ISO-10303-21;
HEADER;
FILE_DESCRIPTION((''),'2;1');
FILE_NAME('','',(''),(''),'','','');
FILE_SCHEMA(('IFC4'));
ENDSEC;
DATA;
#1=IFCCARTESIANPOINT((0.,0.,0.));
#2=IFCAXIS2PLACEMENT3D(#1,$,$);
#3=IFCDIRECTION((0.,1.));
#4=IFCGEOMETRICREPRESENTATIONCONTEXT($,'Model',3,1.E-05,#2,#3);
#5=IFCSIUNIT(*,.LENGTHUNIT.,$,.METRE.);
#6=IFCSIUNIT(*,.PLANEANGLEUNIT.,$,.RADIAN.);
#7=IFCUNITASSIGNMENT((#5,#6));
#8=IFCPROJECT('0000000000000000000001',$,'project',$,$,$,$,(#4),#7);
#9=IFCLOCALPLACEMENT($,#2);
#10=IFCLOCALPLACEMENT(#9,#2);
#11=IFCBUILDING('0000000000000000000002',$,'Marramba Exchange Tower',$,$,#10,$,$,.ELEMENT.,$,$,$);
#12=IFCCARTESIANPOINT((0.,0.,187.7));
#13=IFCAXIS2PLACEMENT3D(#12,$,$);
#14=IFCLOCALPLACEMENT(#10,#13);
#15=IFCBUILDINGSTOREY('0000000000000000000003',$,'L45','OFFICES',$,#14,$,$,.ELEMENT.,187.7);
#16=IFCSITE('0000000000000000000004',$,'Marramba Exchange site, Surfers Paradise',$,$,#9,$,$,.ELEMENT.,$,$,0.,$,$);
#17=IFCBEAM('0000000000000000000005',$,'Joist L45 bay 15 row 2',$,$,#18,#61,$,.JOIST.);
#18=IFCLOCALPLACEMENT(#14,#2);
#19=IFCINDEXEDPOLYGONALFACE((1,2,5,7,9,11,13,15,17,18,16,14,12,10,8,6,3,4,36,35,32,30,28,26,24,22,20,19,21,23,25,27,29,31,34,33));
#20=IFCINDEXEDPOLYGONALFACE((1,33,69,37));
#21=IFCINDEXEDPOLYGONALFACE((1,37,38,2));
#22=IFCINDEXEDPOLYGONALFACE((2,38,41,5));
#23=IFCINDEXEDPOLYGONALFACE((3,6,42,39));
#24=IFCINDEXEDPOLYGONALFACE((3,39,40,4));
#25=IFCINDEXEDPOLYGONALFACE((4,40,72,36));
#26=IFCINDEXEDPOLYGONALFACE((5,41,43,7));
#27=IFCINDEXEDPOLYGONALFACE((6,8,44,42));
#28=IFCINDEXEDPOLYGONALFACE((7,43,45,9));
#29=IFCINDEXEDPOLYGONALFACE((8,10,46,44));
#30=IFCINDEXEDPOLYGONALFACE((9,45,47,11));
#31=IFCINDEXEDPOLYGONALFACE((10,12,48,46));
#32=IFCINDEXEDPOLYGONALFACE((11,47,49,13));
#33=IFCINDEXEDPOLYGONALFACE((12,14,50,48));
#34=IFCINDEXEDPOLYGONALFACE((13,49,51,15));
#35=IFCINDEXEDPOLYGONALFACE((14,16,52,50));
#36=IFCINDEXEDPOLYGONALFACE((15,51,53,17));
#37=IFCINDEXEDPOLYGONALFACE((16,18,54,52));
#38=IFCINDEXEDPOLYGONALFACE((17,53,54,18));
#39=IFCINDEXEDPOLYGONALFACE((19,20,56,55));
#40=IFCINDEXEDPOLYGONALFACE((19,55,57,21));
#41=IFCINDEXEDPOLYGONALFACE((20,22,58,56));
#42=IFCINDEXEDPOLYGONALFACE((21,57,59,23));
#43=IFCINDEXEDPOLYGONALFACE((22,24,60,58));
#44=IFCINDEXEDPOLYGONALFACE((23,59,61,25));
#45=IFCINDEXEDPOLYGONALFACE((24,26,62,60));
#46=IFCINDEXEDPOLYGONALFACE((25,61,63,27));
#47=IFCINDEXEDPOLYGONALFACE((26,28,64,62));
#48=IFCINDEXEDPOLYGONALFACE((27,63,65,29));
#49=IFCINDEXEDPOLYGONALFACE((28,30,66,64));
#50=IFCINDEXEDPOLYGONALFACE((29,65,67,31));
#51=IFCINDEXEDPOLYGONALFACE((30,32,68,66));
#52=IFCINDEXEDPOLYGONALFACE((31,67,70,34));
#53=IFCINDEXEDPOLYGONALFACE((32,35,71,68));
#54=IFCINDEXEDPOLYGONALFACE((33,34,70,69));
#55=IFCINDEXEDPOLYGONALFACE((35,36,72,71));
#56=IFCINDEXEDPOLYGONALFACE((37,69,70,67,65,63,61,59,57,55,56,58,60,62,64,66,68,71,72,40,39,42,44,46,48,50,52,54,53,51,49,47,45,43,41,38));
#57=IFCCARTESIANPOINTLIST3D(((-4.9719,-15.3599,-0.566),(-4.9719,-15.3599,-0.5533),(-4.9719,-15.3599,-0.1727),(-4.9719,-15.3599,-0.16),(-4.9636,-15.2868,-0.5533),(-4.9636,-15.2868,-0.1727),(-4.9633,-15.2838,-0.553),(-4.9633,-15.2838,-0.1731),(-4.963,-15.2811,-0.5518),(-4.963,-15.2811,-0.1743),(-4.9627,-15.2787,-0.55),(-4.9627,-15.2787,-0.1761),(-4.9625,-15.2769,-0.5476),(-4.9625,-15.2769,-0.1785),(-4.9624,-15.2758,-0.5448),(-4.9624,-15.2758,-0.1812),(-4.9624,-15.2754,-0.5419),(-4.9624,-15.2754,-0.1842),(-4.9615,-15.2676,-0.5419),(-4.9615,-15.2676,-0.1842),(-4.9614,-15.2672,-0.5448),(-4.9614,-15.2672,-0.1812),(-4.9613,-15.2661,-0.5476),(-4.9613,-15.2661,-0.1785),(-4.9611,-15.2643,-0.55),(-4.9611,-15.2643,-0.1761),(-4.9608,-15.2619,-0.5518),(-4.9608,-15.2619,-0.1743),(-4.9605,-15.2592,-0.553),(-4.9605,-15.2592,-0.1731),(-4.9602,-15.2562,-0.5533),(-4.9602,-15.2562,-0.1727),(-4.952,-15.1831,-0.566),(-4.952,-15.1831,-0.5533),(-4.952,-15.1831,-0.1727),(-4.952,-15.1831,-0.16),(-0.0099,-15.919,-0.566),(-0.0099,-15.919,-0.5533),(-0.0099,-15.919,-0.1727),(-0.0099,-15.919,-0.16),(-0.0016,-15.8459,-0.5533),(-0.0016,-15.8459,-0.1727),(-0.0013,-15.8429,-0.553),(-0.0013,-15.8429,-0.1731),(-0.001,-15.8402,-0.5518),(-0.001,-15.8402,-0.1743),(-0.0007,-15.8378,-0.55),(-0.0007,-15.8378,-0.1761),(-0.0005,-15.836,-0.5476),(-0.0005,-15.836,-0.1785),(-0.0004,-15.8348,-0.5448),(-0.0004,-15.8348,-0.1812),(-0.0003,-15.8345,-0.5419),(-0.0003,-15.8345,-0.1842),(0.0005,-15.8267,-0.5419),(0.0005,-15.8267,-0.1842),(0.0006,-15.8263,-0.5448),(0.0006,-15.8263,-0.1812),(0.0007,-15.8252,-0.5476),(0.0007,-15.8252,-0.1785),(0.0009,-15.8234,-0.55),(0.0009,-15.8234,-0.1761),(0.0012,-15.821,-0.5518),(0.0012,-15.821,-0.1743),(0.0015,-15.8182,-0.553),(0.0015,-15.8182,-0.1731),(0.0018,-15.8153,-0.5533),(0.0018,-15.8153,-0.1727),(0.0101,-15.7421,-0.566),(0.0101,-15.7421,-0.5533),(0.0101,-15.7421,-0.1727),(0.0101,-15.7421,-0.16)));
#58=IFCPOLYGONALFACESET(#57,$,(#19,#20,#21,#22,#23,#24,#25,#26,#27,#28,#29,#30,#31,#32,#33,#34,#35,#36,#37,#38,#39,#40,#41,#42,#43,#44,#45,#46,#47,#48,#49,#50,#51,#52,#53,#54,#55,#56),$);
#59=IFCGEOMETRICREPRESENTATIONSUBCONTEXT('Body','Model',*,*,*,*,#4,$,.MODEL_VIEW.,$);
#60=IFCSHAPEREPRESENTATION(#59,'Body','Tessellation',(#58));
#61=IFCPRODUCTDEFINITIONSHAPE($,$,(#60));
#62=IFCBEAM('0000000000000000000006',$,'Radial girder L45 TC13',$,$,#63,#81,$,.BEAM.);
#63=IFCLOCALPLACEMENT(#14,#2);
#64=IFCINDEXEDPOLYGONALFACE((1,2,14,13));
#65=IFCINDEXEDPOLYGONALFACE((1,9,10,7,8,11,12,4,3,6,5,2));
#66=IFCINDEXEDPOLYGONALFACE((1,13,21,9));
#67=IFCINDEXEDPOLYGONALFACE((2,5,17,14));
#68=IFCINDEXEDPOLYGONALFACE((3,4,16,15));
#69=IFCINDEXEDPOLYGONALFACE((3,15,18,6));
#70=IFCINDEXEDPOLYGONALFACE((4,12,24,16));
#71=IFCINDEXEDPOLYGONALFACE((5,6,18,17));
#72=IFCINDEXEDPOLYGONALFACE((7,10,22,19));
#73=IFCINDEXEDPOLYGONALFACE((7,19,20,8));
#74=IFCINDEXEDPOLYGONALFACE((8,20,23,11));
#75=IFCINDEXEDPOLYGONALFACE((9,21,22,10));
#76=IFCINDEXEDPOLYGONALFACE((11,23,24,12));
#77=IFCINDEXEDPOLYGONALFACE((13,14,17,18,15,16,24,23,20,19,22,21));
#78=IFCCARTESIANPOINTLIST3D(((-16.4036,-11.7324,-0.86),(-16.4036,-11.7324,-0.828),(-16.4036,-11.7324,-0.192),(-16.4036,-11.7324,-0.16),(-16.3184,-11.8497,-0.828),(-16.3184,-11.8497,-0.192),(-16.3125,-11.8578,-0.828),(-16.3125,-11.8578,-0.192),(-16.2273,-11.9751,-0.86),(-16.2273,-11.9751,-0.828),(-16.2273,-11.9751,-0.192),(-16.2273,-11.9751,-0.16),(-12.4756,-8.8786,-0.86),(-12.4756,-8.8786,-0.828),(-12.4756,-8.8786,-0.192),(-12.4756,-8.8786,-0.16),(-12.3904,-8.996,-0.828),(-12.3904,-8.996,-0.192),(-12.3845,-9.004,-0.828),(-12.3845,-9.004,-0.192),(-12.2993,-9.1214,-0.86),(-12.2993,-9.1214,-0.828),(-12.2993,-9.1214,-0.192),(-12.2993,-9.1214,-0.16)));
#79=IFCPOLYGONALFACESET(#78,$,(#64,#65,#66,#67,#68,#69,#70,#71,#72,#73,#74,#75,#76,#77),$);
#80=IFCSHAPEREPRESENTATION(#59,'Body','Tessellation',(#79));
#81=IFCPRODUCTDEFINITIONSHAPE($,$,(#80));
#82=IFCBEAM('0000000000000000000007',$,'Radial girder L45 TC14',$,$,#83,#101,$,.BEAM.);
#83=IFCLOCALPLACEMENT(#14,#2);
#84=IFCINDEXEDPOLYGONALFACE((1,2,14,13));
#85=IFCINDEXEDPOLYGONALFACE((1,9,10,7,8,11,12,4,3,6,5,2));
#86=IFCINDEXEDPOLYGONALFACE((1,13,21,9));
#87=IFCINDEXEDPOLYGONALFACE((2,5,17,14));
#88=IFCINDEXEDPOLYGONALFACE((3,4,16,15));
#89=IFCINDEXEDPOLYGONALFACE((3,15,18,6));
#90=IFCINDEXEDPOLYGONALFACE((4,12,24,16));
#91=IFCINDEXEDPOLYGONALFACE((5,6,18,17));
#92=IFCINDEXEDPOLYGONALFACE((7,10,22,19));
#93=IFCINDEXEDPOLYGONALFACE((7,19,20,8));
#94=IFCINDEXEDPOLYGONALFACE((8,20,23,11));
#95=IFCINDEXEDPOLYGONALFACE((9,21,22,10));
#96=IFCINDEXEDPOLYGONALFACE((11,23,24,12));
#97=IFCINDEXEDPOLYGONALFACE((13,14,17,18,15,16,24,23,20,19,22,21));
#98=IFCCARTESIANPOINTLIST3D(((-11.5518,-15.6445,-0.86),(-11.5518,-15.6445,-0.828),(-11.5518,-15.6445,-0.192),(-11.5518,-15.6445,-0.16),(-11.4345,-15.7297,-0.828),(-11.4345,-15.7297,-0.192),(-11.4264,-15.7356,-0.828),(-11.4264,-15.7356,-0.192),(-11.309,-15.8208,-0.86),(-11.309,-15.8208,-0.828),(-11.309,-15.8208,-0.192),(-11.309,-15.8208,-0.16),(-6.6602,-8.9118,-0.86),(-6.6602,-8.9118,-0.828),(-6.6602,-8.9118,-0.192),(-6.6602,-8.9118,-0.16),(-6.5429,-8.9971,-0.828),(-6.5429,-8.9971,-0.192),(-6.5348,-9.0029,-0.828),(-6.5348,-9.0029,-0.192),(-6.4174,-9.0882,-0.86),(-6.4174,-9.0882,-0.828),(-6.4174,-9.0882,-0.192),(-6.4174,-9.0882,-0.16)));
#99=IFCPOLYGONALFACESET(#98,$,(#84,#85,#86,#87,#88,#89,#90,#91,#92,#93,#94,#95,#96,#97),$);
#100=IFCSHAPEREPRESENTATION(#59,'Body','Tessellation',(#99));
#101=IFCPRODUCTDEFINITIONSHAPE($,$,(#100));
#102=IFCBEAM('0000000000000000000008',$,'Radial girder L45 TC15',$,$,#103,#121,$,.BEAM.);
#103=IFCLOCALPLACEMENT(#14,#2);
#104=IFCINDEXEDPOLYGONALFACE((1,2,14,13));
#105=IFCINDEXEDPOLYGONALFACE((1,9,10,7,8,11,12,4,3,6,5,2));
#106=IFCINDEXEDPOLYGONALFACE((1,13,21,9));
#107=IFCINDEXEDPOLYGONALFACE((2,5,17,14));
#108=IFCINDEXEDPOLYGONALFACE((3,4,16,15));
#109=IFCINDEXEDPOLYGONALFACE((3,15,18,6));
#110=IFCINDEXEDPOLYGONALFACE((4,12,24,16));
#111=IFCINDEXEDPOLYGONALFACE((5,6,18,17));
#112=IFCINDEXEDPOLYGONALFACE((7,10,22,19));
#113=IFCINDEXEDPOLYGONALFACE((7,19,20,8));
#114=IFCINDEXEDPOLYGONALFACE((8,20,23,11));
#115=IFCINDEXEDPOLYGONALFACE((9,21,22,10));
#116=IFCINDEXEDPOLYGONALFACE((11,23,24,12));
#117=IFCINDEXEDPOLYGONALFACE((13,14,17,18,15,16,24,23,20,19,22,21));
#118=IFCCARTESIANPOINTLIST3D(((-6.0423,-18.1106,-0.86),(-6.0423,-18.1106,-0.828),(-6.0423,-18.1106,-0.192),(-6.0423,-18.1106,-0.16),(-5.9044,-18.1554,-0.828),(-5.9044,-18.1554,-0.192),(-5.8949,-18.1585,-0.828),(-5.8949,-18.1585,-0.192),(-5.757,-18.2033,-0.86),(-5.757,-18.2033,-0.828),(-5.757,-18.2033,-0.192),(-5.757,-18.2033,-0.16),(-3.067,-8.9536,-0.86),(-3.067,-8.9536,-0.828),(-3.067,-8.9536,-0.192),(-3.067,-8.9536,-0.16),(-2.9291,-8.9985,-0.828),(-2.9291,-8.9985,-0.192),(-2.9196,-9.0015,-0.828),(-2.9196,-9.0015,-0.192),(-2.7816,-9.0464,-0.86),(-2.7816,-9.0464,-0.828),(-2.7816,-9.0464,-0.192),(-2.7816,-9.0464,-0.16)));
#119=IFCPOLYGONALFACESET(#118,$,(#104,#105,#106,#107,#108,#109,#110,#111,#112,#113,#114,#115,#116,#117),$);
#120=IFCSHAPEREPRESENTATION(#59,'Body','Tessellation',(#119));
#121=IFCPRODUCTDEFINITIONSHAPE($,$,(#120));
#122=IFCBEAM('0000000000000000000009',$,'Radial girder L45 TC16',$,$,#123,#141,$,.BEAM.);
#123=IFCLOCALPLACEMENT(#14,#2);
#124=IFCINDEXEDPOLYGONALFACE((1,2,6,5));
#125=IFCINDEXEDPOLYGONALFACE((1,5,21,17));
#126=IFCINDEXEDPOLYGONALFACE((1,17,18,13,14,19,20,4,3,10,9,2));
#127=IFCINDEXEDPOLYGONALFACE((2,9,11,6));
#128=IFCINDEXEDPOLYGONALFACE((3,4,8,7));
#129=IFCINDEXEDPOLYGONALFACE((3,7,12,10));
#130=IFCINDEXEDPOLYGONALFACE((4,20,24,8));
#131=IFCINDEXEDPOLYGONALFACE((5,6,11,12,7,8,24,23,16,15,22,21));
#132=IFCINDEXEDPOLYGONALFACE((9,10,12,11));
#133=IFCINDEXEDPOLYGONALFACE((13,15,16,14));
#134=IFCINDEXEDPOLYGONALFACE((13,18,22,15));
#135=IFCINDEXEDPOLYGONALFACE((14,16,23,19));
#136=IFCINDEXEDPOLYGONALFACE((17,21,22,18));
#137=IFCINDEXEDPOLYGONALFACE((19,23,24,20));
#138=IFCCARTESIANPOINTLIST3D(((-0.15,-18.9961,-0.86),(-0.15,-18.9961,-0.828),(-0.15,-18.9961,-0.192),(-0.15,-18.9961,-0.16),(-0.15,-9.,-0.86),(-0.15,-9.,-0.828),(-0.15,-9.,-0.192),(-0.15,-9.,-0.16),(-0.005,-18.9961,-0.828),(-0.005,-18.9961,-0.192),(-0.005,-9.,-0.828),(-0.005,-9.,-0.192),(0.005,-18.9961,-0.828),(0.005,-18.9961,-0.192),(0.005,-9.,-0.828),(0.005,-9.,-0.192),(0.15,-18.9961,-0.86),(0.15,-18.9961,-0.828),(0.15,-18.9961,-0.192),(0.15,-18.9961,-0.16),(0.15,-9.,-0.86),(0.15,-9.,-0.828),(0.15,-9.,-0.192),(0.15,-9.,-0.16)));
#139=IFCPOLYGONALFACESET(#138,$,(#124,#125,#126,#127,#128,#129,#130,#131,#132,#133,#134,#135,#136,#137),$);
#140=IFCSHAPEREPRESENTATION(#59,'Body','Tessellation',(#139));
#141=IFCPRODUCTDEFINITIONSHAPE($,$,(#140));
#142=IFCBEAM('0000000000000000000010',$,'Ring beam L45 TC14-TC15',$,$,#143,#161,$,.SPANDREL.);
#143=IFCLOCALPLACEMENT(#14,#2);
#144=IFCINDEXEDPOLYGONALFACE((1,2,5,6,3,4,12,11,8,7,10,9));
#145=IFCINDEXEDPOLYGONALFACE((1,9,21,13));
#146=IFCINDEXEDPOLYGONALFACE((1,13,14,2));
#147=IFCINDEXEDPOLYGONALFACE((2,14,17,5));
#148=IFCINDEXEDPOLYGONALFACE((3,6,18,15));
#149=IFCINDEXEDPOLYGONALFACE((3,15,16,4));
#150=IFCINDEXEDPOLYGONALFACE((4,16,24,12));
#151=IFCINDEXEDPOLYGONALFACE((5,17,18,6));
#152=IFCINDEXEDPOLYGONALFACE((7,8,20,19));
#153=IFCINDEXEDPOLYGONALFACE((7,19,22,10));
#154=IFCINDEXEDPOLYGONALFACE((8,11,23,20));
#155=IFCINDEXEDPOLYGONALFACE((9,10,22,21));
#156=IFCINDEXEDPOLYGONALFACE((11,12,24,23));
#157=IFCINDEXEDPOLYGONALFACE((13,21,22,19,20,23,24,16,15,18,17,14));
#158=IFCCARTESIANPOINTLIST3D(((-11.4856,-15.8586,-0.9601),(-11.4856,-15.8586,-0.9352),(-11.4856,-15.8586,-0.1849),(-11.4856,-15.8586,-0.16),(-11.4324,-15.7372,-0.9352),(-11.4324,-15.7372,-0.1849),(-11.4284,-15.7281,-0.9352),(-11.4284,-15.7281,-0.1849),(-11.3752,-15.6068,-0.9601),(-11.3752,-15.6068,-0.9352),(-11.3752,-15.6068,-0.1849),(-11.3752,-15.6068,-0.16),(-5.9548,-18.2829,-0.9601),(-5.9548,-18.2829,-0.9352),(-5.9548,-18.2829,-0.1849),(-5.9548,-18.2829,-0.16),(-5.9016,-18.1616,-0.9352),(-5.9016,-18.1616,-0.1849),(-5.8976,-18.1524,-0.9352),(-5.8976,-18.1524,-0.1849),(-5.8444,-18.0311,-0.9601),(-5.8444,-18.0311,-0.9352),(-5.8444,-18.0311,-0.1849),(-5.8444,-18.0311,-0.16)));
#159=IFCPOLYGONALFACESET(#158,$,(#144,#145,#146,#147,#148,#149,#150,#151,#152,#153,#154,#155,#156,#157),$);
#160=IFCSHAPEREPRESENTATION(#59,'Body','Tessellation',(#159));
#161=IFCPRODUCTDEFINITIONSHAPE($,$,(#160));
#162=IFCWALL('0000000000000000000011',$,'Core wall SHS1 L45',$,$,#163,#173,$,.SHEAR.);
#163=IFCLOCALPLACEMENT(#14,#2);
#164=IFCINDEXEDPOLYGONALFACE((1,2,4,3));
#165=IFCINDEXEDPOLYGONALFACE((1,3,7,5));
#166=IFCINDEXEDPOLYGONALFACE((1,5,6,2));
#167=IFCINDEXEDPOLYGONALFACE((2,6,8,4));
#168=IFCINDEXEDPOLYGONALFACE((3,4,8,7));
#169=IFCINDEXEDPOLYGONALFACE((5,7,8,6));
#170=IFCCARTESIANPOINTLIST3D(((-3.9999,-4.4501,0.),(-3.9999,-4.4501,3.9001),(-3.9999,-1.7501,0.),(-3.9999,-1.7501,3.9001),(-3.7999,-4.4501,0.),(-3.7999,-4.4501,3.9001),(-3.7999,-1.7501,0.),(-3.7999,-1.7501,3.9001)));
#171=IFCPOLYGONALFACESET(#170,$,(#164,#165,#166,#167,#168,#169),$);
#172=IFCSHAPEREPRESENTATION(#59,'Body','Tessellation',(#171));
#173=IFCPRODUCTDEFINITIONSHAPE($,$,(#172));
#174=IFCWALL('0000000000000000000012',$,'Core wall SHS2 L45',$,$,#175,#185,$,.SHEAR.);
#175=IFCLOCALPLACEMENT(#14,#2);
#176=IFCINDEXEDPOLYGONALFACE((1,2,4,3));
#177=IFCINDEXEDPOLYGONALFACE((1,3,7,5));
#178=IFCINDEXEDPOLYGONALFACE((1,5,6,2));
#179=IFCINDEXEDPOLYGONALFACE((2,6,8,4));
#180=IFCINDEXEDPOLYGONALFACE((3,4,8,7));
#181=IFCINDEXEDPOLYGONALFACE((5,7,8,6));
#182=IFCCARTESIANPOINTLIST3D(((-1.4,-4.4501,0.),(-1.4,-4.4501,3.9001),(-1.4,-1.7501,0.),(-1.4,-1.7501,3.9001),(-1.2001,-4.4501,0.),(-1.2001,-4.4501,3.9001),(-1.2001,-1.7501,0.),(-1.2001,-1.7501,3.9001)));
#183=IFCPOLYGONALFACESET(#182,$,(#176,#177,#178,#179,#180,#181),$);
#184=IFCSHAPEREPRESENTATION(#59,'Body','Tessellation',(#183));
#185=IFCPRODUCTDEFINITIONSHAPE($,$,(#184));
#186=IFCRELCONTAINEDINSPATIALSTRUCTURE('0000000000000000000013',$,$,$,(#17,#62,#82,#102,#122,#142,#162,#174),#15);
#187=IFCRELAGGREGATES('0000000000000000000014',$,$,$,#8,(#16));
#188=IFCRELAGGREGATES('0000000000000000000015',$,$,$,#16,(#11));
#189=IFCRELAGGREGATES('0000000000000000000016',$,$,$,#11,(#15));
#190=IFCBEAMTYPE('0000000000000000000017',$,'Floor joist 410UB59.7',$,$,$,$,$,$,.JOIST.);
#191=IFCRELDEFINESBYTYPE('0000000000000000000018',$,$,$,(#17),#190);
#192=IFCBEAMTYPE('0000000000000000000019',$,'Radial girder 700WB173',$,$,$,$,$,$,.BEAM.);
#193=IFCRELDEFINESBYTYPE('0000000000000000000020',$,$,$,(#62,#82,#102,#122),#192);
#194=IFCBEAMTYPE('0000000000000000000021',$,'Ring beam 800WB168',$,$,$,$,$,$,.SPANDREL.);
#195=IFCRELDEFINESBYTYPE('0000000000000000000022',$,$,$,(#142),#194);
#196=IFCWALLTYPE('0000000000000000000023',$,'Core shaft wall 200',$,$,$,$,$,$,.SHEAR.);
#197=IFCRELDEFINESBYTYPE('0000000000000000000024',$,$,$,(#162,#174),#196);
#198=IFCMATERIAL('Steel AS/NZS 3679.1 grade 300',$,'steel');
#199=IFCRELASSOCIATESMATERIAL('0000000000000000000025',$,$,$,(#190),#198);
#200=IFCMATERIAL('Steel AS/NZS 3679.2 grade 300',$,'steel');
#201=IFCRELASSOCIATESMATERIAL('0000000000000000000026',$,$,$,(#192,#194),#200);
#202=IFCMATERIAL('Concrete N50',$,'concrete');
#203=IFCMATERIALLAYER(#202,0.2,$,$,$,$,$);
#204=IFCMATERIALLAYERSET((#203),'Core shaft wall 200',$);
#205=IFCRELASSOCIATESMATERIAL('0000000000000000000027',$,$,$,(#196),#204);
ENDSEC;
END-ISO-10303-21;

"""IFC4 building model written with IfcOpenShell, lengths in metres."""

from ifc_helpers import new_model, si_unit, direction, frame, frame_2d, origin, origin_2d, place, context, subcontext, project, spatial, rectangle, i_section, extrude, material, layer, layer_set, material_profile, profile_set, type_object, element, save


model = new_model("IFC4")

# Units and contexts
model_context = context("Model", 3, precision=1e-05, world=origin(), true_north=direction((0.0, 1.0)))
body_context = subcontext(model_context, "Body", "Model", "MODEL_VIEW")
ifc_project = project(units=[si_unit("LENGTHUNIT", "METRE"), si_unit("PLANEANGLEUNIT", "RADIAN")], contexts=[model_context])

# Site, building, storey
site_placement = place(None, origin())
site = spatial("IfcSite", under=ifc_project, at=site_placement, Name="Marramba Exchange site, Surfers Paradise", CompositionType="ELEMENT", RefElevation=0.0)
building_placement = place(site_placement, origin())
building = spatial("IfcBuilding", under=site, at=building_placement, Name="Marramba Exchange Tower", CompositionType="ELEMENT")
storey_placement = place(building_placement, frame((0.0, 0.0, 187.7)))
storey = spatial("IfcBuildingStorey", under=building, at=storey_placement, Name="L45", Description="OFFICES", CompositionType="ELEMENT", Elevation=187.7)

# Shared definitions
ifc_material_1 = material(Name="Concrete N50", Category="concrete")

# Beams
ifc_material_2 = material(Name="Steel AS/NZS 3679.2 grade 300", Category="steel")
ifc_material_3 = material(Name="Steel AS/NZS 3679.1 grade 300", Category="steel")
ifc_material_profile_1 = material_profile(ifc_material_3, i_section(OverallWidth=0.178, OverallDepth=0.406, WebThickness=0.0078, FlangeThickness=0.0127, FilletRadius=0.0115, at=origin_2d()), Name="410UB59.7")
ifc_profile_set_1 = profile_set([ifc_material_profile_1], Name="Steel AS/NZS 3679.1 grade 300")
beam_type_1 = type_object("IfcBeamType", Name="Floor joist 410UB59.7", PredefinedType="JOIST", material=ifc_profile_set_1)
beam_1_placement = place(storey_placement, frame((-4.9619, -15.2715, -0.363), z_axis=(0.993712, -0.111966, 0.0), x_axis=(0.111966, 0.993712, 0.0)))
element("IfcBeam", 1, at=beam_1_placement, inside=storey, type_object=beam_type_1, Name="Joist L45 bay 15 row 2", PredefinedType="JOIST", context=body_context, shape_type="SweptSolid", body=[
    extrude(i_section(OverallWidth=0.178, OverallDepth=0.406, WebThickness=0.0078, FlangeThickness=0.0127, FilletRadius=0.0115, at=origin_2d()), origin(), (0.0, 0.0, 1.0), 4.9934),
])
ifc_material_profile_2 = material_profile(ifc_material_2, i_section(OverallWidth=0.3, OverallDepth=0.7, WebThickness=0.01, FlangeThickness=0.032, at=origin_2d()), Name="700WB173")
ifc_profile_set_2 = profile_set([ifc_material_profile_2], Name="Steel AS/NZS 3679.2 grade 300")
beam_type_2 = type_object("IfcBeamType", Name="Radial girder 700WB173", PredefinedType="BEAM", material=ifc_profile_set_2)
beam_2_placement = place(storey_placement, frame((-12.3875, -9.0, -0.51), z_axis=(-0.809025, -0.587774, 0.0), x_axis=(0.587774, -0.809025, 0.0)))
element("IfcBeam", 2, at=beam_2_placement, inside=storey, type_object=beam_type_2, Name="Radial girder L45 TC13", PredefinedType="BEAM", context=body_context, shape_type="SweptSolid", body=[
    extrude(i_section(OverallWidth=0.3, OverallDepth=0.7, WebThickness=0.01, FlangeThickness=0.032, at=origin_2d()), origin(), (0.0, 0.0, 1.0), 4.8552),
])
beam_3_placement = place(storey_placement, frame((-6.5388, -9.0, -0.51), z_axis=(-0.587788, -0.809015, 0.0), x_axis=(0.809015, -0.587788, 0.0)))
element("IfcBeam", 3, at=beam_3_placement, inside=storey, type_object=beam_type_2, Name="Radial girder L45 TC14", PredefinedType="BEAM", context=body_context, shape_type="SweptSolid", body=[
    extrude(i_section(OverallWidth=0.3, OverallDepth=0.7, WebThickness=0.01, FlangeThickness=0.032, at=origin_2d()), origin(), (0.0, 0.0, 1.0), 8.322),
])
beam_4_placement = place(storey_placement, frame((-2.9243, -9.0, -0.51), z_axis=(-0.309022, -0.951055, 0.0), x_axis=(0.951055, -0.309022, 0.0)))
element("IfcBeam", 4, at=beam_4_placement, inside=storey, type_object=beam_type_2, Name="Radial girder L45 TC15", PredefinedType="BEAM", context=body_context, shape_type="SweptSolid", body=[
    extrude(i_section(OverallWidth=0.3, OverallDepth=0.7, WebThickness=0.01, FlangeThickness=0.032, at=origin_2d()), origin(), (0.0, 0.0, 1.0), 9.6282),
])
beam_5_placement = place(storey_placement, frame((0.0, -9.0, -0.51), z_axis=(0.0, -1.0, 0.0), x_axis=(1.0, 0.0, 0.0)))
element("IfcBeam", 5, at=beam_5_placement, inside=storey, type_object=beam_type_2, Name="Radial girder L45 TC16", PredefinedType="BEAM", context=body_context, shape_type="SweptSolid", body=[
    extrude(i_section(OverallWidth=0.3, OverallDepth=0.7, WebThickness=0.01, FlangeThickness=0.032, at=origin_2d()), origin(), (0.0, 0.0, 1.0), 9.9961),
])
ifc_material_profile_3 = material_profile(ifc_material_2, i_section(OverallWidth=0.2749, OverallDepth=0.8, WebThickness=0.01, FlangeThickness=0.0249, at=origin_2d()), Name="800WB168")
ifc_profile_set_3 = profile_set([ifc_material_profile_3], Name="Steel AS/NZS 3679.2 grade 300")
beam_type_3 = type_object("IfcBeamType", Name="Ring beam 800WB168", PredefinedType="SPANDREL", material=ifc_profile_set_3)
beam_6_placement = place(storey_placement, frame((-11.4304, -15.7327, -0.5601), z_axis=(0.915877, -0.401459, 0.0), x_axis=(0.401459, 0.915877, 0.0)))
element("IfcBeam", 6, at=beam_6_placement, inside=storey, type_object=beam_type_3, Name="Ring beam L45 TC14-TC15", PredefinedType="SPANDREL", context=body_context, shape_type="SweptSolid", body=[
    extrude(i_section(OverallWidth=0.2749, OverallDepth=0.8, WebThickness=0.01, FlangeThickness=0.0249, at=origin_2d()), origin(), (0.0, 0.0, 1.0), 6.0388),
])

# Walls
ifc_layer_1 = layer(ifc_material_1, 0.2)
ifc_layer_set_1 = layer_set([ifc_layer_1], Name="Core shaft wall 200")
wall_type_1 = type_object("IfcWallType", Name="Core shaft wall 200", PredefinedType="SHEAR", material=ifc_layer_set_1)
for number, where, z_axis, x_axis, name in (
    (7, (-3.8999, -1.75, 0.0), (0.0, 0.0, 1.0), (0.0, -1.0, 0.0), "Core wall SHS1 L45"),
    (8, (-1.3, -1.75, 0.0), (0.0, 0.0, 1.0), (0.0, -1.0, 0.0), "Core wall SHS2 L45"),
):
    element("IfcWall", number, at=place(storey_placement, frame(where, z_axis=z_axis, x_axis=x_axis)), inside=storey, type_object=wall_type_1, Name=name, PredefinedType="SHEAR", context=body_context, shape_type="SweptSolid", body=[
        extrude(rectangle(XDim=2.7, YDim=0.2, at=frame_2d((1.3501, 0.0))), origin(), (0.0, 0.0, 1.0), 3.9001),
    ])

save(model, "model.ifc")
